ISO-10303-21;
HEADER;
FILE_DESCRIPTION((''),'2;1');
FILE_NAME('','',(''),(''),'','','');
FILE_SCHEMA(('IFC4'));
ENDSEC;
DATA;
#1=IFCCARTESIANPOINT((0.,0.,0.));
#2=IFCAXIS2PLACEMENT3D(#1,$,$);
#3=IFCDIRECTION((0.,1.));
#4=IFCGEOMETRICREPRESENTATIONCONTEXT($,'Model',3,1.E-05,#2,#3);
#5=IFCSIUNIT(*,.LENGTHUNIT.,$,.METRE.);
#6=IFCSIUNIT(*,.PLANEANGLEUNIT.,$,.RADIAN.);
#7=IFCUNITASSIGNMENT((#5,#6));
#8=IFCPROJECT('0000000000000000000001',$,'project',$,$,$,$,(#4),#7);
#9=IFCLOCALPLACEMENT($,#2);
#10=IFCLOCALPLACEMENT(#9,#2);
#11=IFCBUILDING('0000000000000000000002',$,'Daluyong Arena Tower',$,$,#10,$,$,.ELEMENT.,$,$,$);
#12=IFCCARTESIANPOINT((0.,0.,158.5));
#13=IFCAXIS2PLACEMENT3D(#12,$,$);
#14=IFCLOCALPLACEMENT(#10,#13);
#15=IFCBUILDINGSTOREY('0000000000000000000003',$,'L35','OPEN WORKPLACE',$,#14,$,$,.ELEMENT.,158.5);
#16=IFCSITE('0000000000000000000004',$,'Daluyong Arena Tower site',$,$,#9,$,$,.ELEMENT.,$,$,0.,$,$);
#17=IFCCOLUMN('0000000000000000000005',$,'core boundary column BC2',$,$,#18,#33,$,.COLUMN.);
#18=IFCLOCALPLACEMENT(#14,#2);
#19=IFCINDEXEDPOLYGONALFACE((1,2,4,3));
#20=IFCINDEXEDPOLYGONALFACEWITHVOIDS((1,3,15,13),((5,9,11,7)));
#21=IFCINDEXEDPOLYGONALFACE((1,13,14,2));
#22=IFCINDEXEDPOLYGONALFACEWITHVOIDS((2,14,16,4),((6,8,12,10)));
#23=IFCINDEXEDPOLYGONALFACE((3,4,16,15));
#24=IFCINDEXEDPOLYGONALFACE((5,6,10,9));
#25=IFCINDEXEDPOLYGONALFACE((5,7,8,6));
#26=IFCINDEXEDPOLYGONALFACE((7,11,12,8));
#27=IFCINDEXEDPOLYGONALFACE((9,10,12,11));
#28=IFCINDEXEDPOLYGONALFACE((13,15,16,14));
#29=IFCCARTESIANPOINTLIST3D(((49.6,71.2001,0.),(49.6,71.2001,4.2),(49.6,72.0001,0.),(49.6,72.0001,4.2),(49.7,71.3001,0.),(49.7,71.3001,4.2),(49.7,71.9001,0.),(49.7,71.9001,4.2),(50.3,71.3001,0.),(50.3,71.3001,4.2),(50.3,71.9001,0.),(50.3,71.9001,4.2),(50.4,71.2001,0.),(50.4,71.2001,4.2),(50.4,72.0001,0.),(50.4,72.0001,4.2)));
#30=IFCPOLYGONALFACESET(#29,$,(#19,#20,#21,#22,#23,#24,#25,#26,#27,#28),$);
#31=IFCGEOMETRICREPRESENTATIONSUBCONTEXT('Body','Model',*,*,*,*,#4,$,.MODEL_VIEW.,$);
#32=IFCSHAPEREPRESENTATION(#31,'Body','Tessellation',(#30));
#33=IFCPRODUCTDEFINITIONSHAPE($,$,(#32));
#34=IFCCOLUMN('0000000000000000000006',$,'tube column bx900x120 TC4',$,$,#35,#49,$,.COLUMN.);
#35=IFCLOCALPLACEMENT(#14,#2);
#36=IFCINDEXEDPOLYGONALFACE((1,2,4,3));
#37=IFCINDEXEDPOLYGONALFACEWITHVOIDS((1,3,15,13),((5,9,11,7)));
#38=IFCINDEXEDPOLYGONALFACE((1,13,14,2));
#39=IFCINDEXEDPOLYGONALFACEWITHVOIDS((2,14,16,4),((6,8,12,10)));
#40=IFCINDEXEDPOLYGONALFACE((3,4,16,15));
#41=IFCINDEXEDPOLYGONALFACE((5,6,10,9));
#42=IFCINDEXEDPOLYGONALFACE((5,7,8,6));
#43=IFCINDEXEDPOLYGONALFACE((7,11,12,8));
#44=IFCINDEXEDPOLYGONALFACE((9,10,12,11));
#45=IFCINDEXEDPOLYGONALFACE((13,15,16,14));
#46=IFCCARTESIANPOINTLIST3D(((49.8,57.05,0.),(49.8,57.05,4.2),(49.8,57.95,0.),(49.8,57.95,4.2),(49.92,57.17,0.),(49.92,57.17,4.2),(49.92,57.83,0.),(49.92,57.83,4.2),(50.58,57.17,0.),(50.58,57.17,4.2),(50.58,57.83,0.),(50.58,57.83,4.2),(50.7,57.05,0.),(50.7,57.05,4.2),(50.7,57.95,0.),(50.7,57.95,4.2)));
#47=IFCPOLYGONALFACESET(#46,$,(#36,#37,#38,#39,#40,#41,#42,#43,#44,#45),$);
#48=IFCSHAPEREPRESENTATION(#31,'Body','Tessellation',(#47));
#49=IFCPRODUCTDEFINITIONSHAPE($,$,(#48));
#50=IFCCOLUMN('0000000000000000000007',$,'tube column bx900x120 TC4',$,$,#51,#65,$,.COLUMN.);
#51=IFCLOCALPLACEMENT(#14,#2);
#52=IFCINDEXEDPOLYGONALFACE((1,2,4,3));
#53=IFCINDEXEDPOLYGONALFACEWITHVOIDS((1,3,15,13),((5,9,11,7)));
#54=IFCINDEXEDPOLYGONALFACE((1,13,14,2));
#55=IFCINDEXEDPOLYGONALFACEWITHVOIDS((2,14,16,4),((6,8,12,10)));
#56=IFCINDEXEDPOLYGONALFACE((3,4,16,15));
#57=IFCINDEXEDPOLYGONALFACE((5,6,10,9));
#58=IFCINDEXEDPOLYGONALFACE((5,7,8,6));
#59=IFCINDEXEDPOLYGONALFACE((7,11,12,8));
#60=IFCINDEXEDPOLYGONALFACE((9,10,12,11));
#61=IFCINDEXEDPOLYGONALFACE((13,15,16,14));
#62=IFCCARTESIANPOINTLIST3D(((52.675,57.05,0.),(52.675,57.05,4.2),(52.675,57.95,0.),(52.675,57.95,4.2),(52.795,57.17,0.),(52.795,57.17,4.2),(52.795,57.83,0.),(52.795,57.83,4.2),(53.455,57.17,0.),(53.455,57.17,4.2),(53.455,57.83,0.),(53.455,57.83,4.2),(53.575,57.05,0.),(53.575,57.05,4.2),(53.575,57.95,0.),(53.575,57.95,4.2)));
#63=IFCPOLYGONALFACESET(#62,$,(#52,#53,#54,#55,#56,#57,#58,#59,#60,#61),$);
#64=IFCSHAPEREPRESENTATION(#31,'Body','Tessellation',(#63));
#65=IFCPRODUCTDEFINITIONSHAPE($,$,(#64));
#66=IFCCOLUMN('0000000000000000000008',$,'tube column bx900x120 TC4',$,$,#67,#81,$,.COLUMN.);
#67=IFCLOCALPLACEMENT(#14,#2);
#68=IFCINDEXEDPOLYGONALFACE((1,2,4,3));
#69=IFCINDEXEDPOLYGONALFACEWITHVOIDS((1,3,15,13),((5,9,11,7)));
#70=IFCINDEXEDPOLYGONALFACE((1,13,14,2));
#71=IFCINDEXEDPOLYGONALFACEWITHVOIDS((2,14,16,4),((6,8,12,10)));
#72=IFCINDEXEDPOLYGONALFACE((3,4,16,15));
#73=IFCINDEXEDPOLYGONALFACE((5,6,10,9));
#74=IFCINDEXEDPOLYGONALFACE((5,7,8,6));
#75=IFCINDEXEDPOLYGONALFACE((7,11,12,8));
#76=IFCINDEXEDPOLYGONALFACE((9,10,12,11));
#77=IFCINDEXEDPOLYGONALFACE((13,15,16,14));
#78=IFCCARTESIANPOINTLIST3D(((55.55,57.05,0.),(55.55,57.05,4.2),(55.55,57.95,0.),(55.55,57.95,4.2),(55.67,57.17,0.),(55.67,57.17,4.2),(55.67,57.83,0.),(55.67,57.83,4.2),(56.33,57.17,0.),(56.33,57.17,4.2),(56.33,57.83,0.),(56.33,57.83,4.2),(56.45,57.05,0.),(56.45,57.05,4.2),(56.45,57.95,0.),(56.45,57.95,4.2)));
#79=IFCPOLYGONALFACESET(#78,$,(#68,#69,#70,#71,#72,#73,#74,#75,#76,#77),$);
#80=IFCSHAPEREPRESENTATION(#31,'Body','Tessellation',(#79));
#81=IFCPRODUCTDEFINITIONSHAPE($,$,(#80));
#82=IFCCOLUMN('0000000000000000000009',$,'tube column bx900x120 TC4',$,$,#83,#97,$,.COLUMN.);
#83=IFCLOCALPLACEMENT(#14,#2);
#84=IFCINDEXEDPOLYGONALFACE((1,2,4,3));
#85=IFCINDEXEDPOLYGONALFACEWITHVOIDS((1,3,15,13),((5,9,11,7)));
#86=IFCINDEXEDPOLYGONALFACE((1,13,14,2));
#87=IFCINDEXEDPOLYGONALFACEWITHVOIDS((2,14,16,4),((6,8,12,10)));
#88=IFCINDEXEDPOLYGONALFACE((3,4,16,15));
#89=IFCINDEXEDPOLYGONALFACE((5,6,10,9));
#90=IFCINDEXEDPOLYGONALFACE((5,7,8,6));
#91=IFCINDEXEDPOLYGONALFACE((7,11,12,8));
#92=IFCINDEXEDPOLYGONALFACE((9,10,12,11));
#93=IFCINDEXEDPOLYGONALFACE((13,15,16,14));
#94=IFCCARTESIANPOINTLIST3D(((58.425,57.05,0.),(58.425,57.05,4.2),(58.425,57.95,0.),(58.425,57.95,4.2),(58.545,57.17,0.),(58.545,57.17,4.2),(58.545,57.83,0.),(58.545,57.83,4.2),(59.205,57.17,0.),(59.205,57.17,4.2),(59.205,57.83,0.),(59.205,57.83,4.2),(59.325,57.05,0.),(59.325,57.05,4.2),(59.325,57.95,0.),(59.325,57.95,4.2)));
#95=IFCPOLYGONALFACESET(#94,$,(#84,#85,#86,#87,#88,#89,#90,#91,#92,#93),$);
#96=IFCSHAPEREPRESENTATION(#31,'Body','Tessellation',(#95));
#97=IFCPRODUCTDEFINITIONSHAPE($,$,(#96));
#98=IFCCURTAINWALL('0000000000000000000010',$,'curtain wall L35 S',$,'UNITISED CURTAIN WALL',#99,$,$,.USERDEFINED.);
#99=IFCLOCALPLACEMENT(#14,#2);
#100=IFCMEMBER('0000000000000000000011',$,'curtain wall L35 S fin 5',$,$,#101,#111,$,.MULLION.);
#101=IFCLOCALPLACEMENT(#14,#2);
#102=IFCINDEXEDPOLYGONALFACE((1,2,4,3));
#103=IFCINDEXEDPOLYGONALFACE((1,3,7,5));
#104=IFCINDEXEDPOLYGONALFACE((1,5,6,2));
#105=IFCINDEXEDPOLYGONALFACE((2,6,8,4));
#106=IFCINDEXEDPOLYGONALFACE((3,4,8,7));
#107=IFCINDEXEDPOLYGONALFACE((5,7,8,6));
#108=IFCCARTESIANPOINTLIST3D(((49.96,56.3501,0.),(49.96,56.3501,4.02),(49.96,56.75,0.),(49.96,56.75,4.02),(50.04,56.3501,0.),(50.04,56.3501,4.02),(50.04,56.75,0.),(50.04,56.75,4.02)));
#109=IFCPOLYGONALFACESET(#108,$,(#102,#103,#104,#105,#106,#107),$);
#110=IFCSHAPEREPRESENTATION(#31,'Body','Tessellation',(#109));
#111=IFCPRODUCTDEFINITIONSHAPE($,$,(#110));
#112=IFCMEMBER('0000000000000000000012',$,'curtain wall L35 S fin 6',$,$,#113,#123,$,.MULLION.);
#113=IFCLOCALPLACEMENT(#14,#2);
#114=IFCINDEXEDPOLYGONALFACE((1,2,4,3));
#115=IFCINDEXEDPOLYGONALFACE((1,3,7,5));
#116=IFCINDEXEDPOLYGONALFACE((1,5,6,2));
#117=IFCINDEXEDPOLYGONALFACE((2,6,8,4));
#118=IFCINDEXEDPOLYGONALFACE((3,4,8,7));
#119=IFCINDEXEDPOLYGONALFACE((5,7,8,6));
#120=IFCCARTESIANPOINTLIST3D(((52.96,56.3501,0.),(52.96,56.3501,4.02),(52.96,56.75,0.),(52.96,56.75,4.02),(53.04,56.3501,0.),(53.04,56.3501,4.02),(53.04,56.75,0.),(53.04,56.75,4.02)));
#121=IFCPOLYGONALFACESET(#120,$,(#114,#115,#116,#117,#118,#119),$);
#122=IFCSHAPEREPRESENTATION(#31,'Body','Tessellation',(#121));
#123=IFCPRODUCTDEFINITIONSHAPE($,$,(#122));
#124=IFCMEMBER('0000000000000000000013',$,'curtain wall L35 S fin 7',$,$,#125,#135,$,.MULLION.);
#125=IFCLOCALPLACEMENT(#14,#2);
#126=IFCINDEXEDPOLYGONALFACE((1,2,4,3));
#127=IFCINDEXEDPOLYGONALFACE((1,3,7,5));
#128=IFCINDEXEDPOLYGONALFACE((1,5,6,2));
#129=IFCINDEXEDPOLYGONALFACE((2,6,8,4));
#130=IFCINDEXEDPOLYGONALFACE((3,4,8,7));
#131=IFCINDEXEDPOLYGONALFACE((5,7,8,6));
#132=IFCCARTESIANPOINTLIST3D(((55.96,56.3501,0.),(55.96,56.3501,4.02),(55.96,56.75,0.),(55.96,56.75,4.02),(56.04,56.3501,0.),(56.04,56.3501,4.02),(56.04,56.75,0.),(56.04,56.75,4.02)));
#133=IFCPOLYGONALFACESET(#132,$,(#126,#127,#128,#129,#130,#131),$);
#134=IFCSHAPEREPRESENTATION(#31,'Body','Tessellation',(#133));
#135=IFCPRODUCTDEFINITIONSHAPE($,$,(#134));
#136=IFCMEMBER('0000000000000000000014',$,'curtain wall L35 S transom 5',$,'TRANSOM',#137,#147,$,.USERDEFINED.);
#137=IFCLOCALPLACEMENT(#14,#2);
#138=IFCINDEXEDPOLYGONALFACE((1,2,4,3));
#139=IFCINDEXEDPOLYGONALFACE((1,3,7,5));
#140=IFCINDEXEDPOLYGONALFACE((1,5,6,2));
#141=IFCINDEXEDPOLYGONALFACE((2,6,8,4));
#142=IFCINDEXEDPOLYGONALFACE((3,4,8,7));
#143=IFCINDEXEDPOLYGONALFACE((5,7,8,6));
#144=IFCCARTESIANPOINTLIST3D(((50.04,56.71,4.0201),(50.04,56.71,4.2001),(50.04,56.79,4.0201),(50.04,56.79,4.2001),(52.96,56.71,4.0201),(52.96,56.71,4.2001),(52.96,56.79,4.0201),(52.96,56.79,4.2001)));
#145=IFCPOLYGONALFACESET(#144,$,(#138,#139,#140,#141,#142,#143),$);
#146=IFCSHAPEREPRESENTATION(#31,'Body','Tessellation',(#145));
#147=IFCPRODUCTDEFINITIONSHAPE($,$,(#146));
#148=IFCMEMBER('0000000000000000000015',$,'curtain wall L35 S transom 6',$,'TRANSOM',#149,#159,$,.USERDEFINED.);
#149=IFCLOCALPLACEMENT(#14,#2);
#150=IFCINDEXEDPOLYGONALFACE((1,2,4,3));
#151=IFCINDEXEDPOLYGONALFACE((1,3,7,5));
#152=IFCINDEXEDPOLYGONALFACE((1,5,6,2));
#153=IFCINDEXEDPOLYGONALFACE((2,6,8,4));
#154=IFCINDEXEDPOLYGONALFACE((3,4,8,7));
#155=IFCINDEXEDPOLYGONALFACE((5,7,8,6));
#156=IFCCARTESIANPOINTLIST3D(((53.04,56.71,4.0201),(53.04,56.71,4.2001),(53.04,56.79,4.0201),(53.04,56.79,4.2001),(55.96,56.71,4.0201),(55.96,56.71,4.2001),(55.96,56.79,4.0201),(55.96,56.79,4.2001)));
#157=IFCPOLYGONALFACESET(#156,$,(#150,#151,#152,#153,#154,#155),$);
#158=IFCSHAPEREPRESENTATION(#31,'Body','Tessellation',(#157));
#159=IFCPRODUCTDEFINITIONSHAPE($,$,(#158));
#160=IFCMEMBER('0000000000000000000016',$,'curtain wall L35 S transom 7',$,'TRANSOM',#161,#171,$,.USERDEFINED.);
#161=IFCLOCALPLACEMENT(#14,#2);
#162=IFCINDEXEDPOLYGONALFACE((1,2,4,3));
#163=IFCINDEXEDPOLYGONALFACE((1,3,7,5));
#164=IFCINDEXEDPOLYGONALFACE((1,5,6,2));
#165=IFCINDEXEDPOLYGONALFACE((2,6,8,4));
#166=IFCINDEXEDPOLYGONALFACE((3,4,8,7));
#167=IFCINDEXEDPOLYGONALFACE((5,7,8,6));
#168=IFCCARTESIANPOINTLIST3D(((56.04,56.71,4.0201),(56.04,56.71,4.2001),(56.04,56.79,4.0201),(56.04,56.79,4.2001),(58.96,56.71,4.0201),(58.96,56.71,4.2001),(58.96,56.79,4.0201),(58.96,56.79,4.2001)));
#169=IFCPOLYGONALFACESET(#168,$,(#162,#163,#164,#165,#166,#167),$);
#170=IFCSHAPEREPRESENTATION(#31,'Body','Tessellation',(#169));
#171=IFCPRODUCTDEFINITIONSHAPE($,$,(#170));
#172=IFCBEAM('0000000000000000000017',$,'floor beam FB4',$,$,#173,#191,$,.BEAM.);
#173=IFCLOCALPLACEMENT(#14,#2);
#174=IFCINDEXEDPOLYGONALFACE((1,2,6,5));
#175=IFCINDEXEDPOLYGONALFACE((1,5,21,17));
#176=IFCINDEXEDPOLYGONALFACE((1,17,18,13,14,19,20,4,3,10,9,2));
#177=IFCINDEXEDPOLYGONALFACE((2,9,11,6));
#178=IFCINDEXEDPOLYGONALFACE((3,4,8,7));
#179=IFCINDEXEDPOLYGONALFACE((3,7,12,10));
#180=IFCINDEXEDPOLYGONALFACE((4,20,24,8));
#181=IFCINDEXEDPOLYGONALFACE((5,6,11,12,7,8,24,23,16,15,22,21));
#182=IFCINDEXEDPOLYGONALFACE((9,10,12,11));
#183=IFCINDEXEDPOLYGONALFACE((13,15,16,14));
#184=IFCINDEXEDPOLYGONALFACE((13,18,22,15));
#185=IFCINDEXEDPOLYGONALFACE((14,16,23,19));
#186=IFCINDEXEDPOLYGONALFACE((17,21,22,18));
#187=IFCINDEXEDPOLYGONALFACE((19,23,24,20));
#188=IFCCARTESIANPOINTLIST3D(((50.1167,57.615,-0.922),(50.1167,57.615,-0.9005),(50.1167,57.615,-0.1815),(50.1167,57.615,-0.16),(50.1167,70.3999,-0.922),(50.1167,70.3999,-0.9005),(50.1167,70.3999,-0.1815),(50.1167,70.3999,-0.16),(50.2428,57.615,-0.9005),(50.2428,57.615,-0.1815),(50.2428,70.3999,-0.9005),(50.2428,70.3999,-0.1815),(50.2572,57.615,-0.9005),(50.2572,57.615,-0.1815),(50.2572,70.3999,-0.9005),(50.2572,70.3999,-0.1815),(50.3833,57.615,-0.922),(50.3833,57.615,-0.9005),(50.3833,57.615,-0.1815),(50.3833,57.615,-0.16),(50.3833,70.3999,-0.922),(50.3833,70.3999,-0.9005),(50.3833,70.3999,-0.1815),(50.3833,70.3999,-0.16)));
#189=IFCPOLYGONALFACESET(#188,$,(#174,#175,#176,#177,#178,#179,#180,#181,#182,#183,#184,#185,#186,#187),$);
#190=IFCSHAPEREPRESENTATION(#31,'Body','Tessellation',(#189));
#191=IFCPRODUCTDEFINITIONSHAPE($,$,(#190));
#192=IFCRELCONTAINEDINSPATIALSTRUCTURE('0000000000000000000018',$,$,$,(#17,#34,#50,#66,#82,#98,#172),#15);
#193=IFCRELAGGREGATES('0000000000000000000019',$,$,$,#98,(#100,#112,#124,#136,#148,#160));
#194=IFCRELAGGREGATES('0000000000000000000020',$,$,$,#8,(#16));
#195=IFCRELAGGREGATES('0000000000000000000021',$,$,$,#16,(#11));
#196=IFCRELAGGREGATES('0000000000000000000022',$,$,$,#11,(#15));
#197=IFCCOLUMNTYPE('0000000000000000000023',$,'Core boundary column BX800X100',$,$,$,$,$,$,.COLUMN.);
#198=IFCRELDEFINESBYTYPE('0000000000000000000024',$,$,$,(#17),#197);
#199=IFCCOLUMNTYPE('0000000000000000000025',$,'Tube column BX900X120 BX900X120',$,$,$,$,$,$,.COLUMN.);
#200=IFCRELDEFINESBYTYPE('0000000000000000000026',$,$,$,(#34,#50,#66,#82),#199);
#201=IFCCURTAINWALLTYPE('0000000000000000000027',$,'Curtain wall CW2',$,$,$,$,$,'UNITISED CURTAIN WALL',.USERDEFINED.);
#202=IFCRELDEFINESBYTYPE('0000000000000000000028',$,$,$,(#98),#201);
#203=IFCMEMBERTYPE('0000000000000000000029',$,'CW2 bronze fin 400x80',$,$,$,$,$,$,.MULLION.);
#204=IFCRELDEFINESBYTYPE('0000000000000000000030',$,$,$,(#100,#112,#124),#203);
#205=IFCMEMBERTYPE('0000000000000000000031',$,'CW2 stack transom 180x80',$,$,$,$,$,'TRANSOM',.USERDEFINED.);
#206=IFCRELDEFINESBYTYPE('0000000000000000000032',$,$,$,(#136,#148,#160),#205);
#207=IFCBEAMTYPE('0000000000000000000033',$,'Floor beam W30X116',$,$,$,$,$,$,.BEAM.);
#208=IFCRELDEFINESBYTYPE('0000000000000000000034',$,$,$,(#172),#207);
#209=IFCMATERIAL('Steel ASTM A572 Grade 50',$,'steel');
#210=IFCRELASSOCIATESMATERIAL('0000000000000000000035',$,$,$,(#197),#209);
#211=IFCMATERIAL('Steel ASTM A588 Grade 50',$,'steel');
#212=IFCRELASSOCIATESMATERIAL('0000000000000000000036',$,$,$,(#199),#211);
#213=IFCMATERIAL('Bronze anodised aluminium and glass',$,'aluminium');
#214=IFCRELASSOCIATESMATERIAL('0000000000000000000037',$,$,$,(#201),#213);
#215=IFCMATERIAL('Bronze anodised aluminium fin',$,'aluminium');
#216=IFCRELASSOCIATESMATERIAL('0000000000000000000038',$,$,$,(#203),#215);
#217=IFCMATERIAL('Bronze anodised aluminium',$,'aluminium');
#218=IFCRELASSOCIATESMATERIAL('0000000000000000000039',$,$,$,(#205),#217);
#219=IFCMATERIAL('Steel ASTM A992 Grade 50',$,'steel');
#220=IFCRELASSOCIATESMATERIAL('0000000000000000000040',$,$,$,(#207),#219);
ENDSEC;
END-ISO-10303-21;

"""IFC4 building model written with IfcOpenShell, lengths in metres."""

from ifc_helpers import new_model, si_unit, direction, frame, origin, origin_2d, place, context, subcontext, project, spatial, rectangle, hollow_rectangle, i_section, extrude, material, material_profile, profile_set, type_object, element, aggregate, save


model = new_model("IFC4")

# Units and contexts
model_context = context("Model", 3, precision=1e-05, world=origin(), true_north=direction((0.0, 1.0)))
body_context = subcontext(model_context, "Body", "Model", "MODEL_VIEW")
ifc_project = project(units=[si_unit("LENGTHUNIT", "METRE"), si_unit("PLANEANGLEUNIT", "RADIAN")], contexts=[model_context])

# Site, building, storey
site_placement = place(None, origin())
site = spatial("IfcSite", under=ifc_project, at=site_placement, Name="Daluyong Arena Tower site", CompositionType="ELEMENT", RefElevation=0.0)
building_placement = place(site_placement, origin())
building = spatial("IfcBuilding", under=site, at=building_placement, Name="Daluyong Arena Tower", CompositionType="ELEMENT")
storey_placement = place(building_placement, frame((0.0, 0.0, 158.5)))
storey = spatial("IfcBuildingStorey", under=building, at=storey_placement, Name="L35", Description="OPEN WORKPLACE", CompositionType="ELEMENT", Elevation=158.5)

# Columns
ifc_material_1 = material(Name="Steel ASTM A572 Grade 50", Category="steel")
ifc_material_profile_1 = material_profile(ifc_material_1, hollow_rectangle(XDim=0.8, YDim=0.8, WallThickness=0.1, at=origin_2d()))
ifc_profile_set_1 = profile_set([ifc_material_profile_1], Name="Steel ASTM A572 Grade 50")
column_type_1 = type_object("IfcColumnType", Name="Core boundary column BX800X100", PredefinedType="COLUMN", material=ifc_profile_set_1)
column_placement = place(storey_placement, frame((50.0, 71.6001, 0.0), z_axis=(0.0, 0.0, 1.0), x_axis=(1.0, 0.0, 0.0)))
element("IfcColumn", 1, at=column_placement, inside=storey, type_object=column_type_1, Name="core boundary column BC2", PredefinedType="COLUMN", context=body_context, shape_type="SweptSolid", body=[
    extrude(hollow_rectangle(XDim=0.8, YDim=0.8, WallThickness=0.1, at=origin_2d()), origin(), (0.0, 0.0, 1.0), 4.2),
])
ifc_material_2 = material(Name="Steel ASTM A588 Grade 50", Category="steel")
ifc_material_profile_2 = material_profile(ifc_material_2, hollow_rectangle(XDim=0.8999, YDim=0.8999, WallThickness=0.12, at=origin_2d()))
ifc_profile_set_2 = profile_set([ifc_material_profile_2], Name="Steel ASTM A588 Grade 50")
column_type_2 = type_object("IfcColumnType", Name="Tube column BX900X120 BX900X120", PredefinedType="COLUMN", material=ifc_profile_set_2)
for number, where, z_axis, x_axis, name in (
    (2, (50.25, 57.5, 0.0), (0.0, 0.0, 1.0), (1.0, 0.0, 0.0), "tube column bx900x120 TC4"),
    (3, (53.125, 57.5, 0.0), (0.0, 0.0, 1.0), (1.0, 0.0, 0.0), "tube column bx900x120 TC4"),
    (4, (56.0, 57.5, 0.0), (0.0, 0.0, 1.0), (1.0, 0.0, 0.0), "tube column bx900x120 TC4"),
    (5, (58.875, 57.5, 0.0), (0.0, 0.0, 1.0), (1.0, 0.0, 0.0), "tube column bx900x120 TC4"),
):
    element("IfcColumn", number, at=place(storey_placement, frame(where, z_axis=z_axis, x_axis=x_axis)), inside=storey, type_object=column_type_2, Name=name, PredefinedType="COLUMN", context=body_context, shape_type="SweptSolid", body=[
        extrude(hollow_rectangle(XDim=0.8999, YDim=0.8999, WallThickness=0.12, at=origin_2d()), origin(), (0.0, 0.0, 1.0), 4.2),
    ])

# Curtain wall, members
ifc_material_3 = material(Name="Bronze anodised aluminium and glass", Category="aluminium")
curtain_wall_type = type_object("IfcCurtainWallType", Name="Curtain wall CW2", ElementType="UNITISED CURTAIN WALL", PredefinedType="USERDEFINED", material=ifc_material_3)
curtain_wall_placement = place(storey_placement, origin())
curtain_wall = element("IfcCurtainWall", 6, at=curtain_wall_placement, inside=storey, type_object=curtain_wall_type, Name="curtain wall L35 S", ObjectType="UNITISED CURTAIN WALL", PredefinedType="USERDEFINED")
ifc_material_4 = material(Name="Bronze anodised aluminium fin", Category="aluminium")
ifc_material_profile_3 = material_profile(ifc_material_4, rectangle(XDim=0.3999, YDim=0.0801, at=origin_2d()))
ifc_profile_set_3 = profile_set([ifc_material_profile_3], Name="Bronze anodised aluminium fin")
member_type_1 = type_object("IfcMemberType", Name="CW2 bronze fin 400x80", PredefinedType="MULLION", material=ifc_profile_set_3)
member_1_placement = place(storey_placement, frame((50.0, 56.55, 0.0), z_axis=(0.0, 0.0, 1.0), x_axis=(0.0, 1.0, 0.0)))
member_1 = element("IfcMember", 7, at=member_1_placement, type_object=member_type_1, Name="curtain wall L35 S fin 5", PredefinedType="MULLION", context=body_context, shape_type="SweptSolid", body=[
    extrude(rectangle(XDim=0.3999, YDim=0.0801, at=origin_2d()), origin(), (0.0, 0.0, 1.0), 4.02),
])
member_2_placement = place(storey_placement, frame((53.0, 56.55, 0.0), z_axis=(0.0, 0.0, 1.0), x_axis=(0.0, 1.0, 0.0)))
member_2 = element("IfcMember", 8, at=member_2_placement, type_object=member_type_1, Name="curtain wall L35 S fin 6", PredefinedType="MULLION", context=body_context, shape_type="SweptSolid", body=[
    extrude(rectangle(XDim=0.3999, YDim=0.0801, at=origin_2d()), origin(), (0.0, 0.0, 1.0), 4.02),
])
member_3_placement = place(storey_placement, frame((56.0, 56.55, 0.0), z_axis=(0.0, 0.0, 1.0), x_axis=(0.0, 1.0, 0.0)))
member_3 = element("IfcMember", 9, at=member_3_placement, type_object=member_type_1, Name="curtain wall L35 S fin 7", PredefinedType="MULLION", context=body_context, shape_type="SweptSolid", body=[
    extrude(rectangle(XDim=0.3999, YDim=0.0801, at=origin_2d()), origin(), (0.0, 0.0, 1.0), 4.02),
])
ifc_material_5 = material(Name="Bronze anodised aluminium", Category="aluminium")
ifc_material_profile_4 = material_profile(ifc_material_5, rectangle(XDim=0.0801, YDim=0.1799, at=origin_2d()))
ifc_profile_set_4 = profile_set([ifc_material_profile_4], Name="Bronze anodised aluminium")
member_type_2 = type_object("IfcMemberType", Name="CW2 stack transom 180x80", ElementType="TRANSOM", PredefinedType="USERDEFINED", material=ifc_profile_set_4)
member_4_placement = place(storey_placement, frame((50.04, 56.75, 4.1101), z_axis=(1.0, 0.0, 0.0), x_axis=(0.0, 1.0, 0.0)))
member_4 = element("IfcMember", 10, at=member_4_placement, type_object=member_type_2, Name="curtain wall L35 S transom 5", ObjectType="TRANSOM", PredefinedType="USERDEFINED", context=body_context, shape_type="SweptSolid", body=[
    extrude(rectangle(XDim=0.0801, YDim=0.1799, at=origin_2d()), origin(), (0.0, 0.0, 1.0), 2.9199),
])
member_5_placement = place(storey_placement, frame((53.04, 56.75, 4.1101), z_axis=(1.0, 0.0, 0.0), x_axis=(0.0, 1.0, 0.0)))
member_5 = element("IfcMember", 11, at=member_5_placement, type_object=member_type_2, Name="curtain wall L35 S transom 6", ObjectType="TRANSOM", PredefinedType="USERDEFINED", context=body_context, shape_type="SweptSolid", body=[
    extrude(rectangle(XDim=0.0801, YDim=0.1799, at=origin_2d()), origin(), (0.0, 0.0, 1.0), 2.9199),
])
member_6_placement = place(storey_placement, frame((56.04, 56.75, 4.1101), z_axis=(1.0, 0.0, 0.0), x_axis=(0.0, 1.0, 0.0)))
member_6 = element("IfcMember", 12, at=member_6_placement, type_object=member_type_2, Name="curtain wall L35 S transom 7", ObjectType="TRANSOM", PredefinedType="USERDEFINED", context=body_context, shape_type="SweptSolid", body=[
    extrude(rectangle(XDim=0.0801, YDim=0.1799, at=origin_2d()), origin(), (0.0, 0.0, 1.0), 2.9199),
])

# Beam
ifc_material_6 = material(Name="Steel ASTM A992 Grade 50", Category="steel")
ifc_material_profile_5 = material_profile(ifc_material_6, i_section(OverallWidth=0.2666, OverallDepth=0.762, WebThickness=0.0144, FlangeThickness=0.0215, at=origin_2d()))
ifc_profile_set_5 = profile_set([ifc_material_profile_5], Name="Steel ASTM A992 Grade 50")
beam_type_1 = type_object("IfcBeamType", Name="Floor beam W30X116", PredefinedType="BEAM", material=ifc_profile_set_5)
for number, where, z_axis, x_axis, name in (
    (13, (50.25, 57.615, -0.541), (0.0, 1.0, 0.0), (-1.0, 0.0, 0.0), "floor beam FB4"),
):
    element("IfcBeam", number, at=place(storey_placement, frame(where, z_axis=z_axis, x_axis=x_axis)), inside=storey, type_object=beam_type_1, Name=name, PredefinedType="BEAM", context=body_context, shape_type="SweptSolid", body=[
        extrude(i_section(OverallWidth=0.2666, OverallDepth=0.762, WebThickness=0.0144, FlangeThickness=0.0215, at=origin_2d()), origin(), (0.0, 0.0, 1.0), 12.7849),
    ])

aggregate(curtain_wall, [member_1, member_2, member_3, member_4, member_5, member_6])

save(model, "model.ifc")
